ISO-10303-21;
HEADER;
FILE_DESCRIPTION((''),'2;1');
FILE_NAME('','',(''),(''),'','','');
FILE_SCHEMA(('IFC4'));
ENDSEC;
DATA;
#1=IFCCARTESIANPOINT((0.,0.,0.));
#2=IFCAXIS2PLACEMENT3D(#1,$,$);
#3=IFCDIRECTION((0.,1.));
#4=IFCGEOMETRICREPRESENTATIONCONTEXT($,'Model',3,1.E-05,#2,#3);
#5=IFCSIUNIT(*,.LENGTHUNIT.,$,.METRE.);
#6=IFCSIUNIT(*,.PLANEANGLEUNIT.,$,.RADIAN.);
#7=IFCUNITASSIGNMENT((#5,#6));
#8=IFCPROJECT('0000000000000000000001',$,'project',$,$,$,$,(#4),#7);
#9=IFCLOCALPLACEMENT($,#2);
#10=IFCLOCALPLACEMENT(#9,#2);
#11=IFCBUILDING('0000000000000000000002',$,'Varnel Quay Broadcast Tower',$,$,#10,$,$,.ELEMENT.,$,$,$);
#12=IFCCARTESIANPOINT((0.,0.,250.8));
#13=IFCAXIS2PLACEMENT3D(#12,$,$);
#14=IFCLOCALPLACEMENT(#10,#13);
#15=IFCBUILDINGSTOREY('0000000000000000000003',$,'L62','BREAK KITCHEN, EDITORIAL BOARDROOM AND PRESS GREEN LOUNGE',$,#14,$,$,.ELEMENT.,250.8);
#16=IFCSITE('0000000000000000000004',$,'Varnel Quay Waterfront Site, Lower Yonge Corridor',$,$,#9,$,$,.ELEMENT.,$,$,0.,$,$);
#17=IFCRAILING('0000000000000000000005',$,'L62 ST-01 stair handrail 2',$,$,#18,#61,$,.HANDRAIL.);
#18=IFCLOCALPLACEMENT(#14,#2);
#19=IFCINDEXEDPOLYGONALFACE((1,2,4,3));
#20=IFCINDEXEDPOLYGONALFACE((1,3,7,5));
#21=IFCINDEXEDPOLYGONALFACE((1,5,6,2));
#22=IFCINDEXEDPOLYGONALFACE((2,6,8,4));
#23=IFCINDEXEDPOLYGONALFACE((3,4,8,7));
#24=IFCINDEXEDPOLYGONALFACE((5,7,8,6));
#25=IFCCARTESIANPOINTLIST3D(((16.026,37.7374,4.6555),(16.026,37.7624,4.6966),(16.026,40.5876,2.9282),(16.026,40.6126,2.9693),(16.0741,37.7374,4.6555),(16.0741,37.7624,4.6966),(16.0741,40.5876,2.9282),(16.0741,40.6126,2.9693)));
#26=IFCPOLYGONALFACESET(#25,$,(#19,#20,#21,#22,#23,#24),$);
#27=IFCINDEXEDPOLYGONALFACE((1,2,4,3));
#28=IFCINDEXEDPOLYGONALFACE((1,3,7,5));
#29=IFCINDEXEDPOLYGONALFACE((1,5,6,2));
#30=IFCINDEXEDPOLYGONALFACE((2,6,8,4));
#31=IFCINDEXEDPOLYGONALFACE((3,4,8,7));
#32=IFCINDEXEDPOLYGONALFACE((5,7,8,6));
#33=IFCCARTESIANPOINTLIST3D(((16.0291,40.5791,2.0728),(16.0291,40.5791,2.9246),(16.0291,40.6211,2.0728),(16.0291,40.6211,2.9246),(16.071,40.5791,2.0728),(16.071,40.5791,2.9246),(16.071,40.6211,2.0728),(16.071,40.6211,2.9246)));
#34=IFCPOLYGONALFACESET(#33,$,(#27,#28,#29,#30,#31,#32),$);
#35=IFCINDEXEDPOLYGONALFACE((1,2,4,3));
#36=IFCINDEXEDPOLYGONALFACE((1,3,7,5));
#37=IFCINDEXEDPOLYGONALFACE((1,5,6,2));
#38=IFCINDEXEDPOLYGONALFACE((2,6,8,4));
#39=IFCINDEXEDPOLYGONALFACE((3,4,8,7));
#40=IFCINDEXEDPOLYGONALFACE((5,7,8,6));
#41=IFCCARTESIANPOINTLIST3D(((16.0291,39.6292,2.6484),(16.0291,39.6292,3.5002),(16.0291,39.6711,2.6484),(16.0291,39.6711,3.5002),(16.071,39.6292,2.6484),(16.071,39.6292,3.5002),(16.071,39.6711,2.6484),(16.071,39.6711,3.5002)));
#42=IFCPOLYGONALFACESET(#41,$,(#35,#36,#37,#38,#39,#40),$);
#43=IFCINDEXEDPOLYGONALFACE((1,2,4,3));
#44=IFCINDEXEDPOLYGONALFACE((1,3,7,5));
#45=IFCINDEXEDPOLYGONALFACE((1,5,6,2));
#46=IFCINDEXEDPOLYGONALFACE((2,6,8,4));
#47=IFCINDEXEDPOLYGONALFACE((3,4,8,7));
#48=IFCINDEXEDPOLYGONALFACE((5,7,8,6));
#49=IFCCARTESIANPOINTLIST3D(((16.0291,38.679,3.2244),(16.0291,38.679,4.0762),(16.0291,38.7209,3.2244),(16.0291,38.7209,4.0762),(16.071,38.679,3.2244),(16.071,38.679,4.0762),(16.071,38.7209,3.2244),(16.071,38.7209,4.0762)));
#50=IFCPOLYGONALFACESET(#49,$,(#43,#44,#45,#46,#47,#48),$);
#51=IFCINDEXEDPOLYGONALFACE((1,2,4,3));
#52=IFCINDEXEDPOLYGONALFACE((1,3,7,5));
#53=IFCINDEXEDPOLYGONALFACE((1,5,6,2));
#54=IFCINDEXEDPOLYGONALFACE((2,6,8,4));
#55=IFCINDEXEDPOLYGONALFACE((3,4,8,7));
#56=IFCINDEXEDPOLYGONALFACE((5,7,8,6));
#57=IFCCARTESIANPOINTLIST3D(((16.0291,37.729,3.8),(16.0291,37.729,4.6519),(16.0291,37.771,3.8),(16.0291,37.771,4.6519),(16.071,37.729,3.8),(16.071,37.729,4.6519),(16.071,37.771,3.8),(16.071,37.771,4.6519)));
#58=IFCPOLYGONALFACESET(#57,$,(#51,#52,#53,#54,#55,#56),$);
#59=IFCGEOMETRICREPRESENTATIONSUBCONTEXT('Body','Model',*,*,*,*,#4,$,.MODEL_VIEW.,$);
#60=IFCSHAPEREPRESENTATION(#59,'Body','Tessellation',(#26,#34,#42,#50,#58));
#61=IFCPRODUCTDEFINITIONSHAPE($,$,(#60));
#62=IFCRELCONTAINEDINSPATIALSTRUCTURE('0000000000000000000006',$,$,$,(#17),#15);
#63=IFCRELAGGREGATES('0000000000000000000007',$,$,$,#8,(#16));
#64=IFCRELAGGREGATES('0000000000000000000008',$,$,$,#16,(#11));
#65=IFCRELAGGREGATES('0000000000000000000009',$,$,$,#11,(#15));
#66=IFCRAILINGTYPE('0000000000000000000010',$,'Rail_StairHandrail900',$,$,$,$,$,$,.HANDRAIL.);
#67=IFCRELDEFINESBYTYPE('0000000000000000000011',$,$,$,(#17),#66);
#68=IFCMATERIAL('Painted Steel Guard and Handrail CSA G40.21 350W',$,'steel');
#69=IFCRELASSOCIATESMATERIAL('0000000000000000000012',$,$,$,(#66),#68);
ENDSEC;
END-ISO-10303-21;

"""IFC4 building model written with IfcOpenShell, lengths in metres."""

from ifc_helpers import new_model, si_unit, direction, frame, origin, origin_2d, place, context, subcontext, project, spatial, rectangle, extrude, material, type_object, element, save


model = new_model("IFC4")

# Units and contexts
model_context = context("Model", 3, precision=1e-05, world=origin(), true_north=direction((0.0, 1.0)))
body_context = subcontext(model_context, "Body", "Model", "MODEL_VIEW")
ifc_project = project(units=[si_unit("LENGTHUNIT", "METRE"), si_unit("PLANEANGLEUNIT", "RADIAN")], contexts=[model_context])

# Site, building, storey
site_placement = place(None, origin())
site = spatial("IfcSite", under=ifc_project, at=site_placement, Name="Varnel Quay Waterfront Site, Lower Yonge Corridor", CompositionType="ELEMENT", RefElevation=0.0)
building_placement = place(site_placement, origin())
building = spatial("IfcBuilding", under=site, at=building_placement, Name="Varnel Quay Broadcast Tower", CompositionType="ELEMENT")
storey_placement = place(building_placement, frame((0.0, 0.0, 250.8)))
storey = spatial("IfcBuildingStorey", under=building, at=storey_placement, Name="L62", Description="BREAK KITCHEN, EDITORIAL BOARDROOM AND PRESS GREEN LOUNGE", CompositionType="ELEMENT", Elevation=250.8)

# Railing
ifc_material_1 = material(Name="Painted Steel Guard and Handrail CSA G40.21 350W", Category="steel")
railing_type_1 = type_object("IfcRailingType", Name="Rail_StairHandrail900", PredefinedType="HANDRAIL", material=ifc_material_1)
railing_1_placement = place(storey_placement, frame((16.05, 40.6001, 2.0728)))
element("IfcRailing", 1, at=railing_1_placement, inside=storey, type_object=railing_type_1, Name="L62 ST-01 stair handrail 2", PredefinedType="HANDRAIL", context=body_context, shape_type="SweptSolid", body=[
    extrude(rectangle(XDim=0.0481, YDim=0.0481, at=origin_2d()), frame((0.0, 0.0, 0.876), z_axis=(0.0, -0.855203, 0.518294), x_axis=(1.0, 0.0, 0.0)), (0.0, 0.0, 1.0), 3.3328),
    extrude(rectangle(XDim=0.042, YDim=0.042, at=origin_2d()), origin(), (0.0, 0.0, 1.0), 0.8518),
    extrude(rectangle(XDim=0.042, YDim=0.042, at=origin_2d()), frame((0.0, -0.95, 0.5757)), (0.0, 0.0, 1.0), 0.8518),
    extrude(rectangle(XDim=0.042, YDim=0.042, at=origin_2d()), frame((0.0, -1.9001, 1.1516)), (0.0, 0.0, 1.0), 0.8518),
    extrude(rectangle(XDim=0.042, YDim=0.042, at=origin_2d()), frame((0.0, -2.8501, 1.7273)), (0.0, 0.0, 1.0), 0.8518),
])

save(model, "model.ifc")
